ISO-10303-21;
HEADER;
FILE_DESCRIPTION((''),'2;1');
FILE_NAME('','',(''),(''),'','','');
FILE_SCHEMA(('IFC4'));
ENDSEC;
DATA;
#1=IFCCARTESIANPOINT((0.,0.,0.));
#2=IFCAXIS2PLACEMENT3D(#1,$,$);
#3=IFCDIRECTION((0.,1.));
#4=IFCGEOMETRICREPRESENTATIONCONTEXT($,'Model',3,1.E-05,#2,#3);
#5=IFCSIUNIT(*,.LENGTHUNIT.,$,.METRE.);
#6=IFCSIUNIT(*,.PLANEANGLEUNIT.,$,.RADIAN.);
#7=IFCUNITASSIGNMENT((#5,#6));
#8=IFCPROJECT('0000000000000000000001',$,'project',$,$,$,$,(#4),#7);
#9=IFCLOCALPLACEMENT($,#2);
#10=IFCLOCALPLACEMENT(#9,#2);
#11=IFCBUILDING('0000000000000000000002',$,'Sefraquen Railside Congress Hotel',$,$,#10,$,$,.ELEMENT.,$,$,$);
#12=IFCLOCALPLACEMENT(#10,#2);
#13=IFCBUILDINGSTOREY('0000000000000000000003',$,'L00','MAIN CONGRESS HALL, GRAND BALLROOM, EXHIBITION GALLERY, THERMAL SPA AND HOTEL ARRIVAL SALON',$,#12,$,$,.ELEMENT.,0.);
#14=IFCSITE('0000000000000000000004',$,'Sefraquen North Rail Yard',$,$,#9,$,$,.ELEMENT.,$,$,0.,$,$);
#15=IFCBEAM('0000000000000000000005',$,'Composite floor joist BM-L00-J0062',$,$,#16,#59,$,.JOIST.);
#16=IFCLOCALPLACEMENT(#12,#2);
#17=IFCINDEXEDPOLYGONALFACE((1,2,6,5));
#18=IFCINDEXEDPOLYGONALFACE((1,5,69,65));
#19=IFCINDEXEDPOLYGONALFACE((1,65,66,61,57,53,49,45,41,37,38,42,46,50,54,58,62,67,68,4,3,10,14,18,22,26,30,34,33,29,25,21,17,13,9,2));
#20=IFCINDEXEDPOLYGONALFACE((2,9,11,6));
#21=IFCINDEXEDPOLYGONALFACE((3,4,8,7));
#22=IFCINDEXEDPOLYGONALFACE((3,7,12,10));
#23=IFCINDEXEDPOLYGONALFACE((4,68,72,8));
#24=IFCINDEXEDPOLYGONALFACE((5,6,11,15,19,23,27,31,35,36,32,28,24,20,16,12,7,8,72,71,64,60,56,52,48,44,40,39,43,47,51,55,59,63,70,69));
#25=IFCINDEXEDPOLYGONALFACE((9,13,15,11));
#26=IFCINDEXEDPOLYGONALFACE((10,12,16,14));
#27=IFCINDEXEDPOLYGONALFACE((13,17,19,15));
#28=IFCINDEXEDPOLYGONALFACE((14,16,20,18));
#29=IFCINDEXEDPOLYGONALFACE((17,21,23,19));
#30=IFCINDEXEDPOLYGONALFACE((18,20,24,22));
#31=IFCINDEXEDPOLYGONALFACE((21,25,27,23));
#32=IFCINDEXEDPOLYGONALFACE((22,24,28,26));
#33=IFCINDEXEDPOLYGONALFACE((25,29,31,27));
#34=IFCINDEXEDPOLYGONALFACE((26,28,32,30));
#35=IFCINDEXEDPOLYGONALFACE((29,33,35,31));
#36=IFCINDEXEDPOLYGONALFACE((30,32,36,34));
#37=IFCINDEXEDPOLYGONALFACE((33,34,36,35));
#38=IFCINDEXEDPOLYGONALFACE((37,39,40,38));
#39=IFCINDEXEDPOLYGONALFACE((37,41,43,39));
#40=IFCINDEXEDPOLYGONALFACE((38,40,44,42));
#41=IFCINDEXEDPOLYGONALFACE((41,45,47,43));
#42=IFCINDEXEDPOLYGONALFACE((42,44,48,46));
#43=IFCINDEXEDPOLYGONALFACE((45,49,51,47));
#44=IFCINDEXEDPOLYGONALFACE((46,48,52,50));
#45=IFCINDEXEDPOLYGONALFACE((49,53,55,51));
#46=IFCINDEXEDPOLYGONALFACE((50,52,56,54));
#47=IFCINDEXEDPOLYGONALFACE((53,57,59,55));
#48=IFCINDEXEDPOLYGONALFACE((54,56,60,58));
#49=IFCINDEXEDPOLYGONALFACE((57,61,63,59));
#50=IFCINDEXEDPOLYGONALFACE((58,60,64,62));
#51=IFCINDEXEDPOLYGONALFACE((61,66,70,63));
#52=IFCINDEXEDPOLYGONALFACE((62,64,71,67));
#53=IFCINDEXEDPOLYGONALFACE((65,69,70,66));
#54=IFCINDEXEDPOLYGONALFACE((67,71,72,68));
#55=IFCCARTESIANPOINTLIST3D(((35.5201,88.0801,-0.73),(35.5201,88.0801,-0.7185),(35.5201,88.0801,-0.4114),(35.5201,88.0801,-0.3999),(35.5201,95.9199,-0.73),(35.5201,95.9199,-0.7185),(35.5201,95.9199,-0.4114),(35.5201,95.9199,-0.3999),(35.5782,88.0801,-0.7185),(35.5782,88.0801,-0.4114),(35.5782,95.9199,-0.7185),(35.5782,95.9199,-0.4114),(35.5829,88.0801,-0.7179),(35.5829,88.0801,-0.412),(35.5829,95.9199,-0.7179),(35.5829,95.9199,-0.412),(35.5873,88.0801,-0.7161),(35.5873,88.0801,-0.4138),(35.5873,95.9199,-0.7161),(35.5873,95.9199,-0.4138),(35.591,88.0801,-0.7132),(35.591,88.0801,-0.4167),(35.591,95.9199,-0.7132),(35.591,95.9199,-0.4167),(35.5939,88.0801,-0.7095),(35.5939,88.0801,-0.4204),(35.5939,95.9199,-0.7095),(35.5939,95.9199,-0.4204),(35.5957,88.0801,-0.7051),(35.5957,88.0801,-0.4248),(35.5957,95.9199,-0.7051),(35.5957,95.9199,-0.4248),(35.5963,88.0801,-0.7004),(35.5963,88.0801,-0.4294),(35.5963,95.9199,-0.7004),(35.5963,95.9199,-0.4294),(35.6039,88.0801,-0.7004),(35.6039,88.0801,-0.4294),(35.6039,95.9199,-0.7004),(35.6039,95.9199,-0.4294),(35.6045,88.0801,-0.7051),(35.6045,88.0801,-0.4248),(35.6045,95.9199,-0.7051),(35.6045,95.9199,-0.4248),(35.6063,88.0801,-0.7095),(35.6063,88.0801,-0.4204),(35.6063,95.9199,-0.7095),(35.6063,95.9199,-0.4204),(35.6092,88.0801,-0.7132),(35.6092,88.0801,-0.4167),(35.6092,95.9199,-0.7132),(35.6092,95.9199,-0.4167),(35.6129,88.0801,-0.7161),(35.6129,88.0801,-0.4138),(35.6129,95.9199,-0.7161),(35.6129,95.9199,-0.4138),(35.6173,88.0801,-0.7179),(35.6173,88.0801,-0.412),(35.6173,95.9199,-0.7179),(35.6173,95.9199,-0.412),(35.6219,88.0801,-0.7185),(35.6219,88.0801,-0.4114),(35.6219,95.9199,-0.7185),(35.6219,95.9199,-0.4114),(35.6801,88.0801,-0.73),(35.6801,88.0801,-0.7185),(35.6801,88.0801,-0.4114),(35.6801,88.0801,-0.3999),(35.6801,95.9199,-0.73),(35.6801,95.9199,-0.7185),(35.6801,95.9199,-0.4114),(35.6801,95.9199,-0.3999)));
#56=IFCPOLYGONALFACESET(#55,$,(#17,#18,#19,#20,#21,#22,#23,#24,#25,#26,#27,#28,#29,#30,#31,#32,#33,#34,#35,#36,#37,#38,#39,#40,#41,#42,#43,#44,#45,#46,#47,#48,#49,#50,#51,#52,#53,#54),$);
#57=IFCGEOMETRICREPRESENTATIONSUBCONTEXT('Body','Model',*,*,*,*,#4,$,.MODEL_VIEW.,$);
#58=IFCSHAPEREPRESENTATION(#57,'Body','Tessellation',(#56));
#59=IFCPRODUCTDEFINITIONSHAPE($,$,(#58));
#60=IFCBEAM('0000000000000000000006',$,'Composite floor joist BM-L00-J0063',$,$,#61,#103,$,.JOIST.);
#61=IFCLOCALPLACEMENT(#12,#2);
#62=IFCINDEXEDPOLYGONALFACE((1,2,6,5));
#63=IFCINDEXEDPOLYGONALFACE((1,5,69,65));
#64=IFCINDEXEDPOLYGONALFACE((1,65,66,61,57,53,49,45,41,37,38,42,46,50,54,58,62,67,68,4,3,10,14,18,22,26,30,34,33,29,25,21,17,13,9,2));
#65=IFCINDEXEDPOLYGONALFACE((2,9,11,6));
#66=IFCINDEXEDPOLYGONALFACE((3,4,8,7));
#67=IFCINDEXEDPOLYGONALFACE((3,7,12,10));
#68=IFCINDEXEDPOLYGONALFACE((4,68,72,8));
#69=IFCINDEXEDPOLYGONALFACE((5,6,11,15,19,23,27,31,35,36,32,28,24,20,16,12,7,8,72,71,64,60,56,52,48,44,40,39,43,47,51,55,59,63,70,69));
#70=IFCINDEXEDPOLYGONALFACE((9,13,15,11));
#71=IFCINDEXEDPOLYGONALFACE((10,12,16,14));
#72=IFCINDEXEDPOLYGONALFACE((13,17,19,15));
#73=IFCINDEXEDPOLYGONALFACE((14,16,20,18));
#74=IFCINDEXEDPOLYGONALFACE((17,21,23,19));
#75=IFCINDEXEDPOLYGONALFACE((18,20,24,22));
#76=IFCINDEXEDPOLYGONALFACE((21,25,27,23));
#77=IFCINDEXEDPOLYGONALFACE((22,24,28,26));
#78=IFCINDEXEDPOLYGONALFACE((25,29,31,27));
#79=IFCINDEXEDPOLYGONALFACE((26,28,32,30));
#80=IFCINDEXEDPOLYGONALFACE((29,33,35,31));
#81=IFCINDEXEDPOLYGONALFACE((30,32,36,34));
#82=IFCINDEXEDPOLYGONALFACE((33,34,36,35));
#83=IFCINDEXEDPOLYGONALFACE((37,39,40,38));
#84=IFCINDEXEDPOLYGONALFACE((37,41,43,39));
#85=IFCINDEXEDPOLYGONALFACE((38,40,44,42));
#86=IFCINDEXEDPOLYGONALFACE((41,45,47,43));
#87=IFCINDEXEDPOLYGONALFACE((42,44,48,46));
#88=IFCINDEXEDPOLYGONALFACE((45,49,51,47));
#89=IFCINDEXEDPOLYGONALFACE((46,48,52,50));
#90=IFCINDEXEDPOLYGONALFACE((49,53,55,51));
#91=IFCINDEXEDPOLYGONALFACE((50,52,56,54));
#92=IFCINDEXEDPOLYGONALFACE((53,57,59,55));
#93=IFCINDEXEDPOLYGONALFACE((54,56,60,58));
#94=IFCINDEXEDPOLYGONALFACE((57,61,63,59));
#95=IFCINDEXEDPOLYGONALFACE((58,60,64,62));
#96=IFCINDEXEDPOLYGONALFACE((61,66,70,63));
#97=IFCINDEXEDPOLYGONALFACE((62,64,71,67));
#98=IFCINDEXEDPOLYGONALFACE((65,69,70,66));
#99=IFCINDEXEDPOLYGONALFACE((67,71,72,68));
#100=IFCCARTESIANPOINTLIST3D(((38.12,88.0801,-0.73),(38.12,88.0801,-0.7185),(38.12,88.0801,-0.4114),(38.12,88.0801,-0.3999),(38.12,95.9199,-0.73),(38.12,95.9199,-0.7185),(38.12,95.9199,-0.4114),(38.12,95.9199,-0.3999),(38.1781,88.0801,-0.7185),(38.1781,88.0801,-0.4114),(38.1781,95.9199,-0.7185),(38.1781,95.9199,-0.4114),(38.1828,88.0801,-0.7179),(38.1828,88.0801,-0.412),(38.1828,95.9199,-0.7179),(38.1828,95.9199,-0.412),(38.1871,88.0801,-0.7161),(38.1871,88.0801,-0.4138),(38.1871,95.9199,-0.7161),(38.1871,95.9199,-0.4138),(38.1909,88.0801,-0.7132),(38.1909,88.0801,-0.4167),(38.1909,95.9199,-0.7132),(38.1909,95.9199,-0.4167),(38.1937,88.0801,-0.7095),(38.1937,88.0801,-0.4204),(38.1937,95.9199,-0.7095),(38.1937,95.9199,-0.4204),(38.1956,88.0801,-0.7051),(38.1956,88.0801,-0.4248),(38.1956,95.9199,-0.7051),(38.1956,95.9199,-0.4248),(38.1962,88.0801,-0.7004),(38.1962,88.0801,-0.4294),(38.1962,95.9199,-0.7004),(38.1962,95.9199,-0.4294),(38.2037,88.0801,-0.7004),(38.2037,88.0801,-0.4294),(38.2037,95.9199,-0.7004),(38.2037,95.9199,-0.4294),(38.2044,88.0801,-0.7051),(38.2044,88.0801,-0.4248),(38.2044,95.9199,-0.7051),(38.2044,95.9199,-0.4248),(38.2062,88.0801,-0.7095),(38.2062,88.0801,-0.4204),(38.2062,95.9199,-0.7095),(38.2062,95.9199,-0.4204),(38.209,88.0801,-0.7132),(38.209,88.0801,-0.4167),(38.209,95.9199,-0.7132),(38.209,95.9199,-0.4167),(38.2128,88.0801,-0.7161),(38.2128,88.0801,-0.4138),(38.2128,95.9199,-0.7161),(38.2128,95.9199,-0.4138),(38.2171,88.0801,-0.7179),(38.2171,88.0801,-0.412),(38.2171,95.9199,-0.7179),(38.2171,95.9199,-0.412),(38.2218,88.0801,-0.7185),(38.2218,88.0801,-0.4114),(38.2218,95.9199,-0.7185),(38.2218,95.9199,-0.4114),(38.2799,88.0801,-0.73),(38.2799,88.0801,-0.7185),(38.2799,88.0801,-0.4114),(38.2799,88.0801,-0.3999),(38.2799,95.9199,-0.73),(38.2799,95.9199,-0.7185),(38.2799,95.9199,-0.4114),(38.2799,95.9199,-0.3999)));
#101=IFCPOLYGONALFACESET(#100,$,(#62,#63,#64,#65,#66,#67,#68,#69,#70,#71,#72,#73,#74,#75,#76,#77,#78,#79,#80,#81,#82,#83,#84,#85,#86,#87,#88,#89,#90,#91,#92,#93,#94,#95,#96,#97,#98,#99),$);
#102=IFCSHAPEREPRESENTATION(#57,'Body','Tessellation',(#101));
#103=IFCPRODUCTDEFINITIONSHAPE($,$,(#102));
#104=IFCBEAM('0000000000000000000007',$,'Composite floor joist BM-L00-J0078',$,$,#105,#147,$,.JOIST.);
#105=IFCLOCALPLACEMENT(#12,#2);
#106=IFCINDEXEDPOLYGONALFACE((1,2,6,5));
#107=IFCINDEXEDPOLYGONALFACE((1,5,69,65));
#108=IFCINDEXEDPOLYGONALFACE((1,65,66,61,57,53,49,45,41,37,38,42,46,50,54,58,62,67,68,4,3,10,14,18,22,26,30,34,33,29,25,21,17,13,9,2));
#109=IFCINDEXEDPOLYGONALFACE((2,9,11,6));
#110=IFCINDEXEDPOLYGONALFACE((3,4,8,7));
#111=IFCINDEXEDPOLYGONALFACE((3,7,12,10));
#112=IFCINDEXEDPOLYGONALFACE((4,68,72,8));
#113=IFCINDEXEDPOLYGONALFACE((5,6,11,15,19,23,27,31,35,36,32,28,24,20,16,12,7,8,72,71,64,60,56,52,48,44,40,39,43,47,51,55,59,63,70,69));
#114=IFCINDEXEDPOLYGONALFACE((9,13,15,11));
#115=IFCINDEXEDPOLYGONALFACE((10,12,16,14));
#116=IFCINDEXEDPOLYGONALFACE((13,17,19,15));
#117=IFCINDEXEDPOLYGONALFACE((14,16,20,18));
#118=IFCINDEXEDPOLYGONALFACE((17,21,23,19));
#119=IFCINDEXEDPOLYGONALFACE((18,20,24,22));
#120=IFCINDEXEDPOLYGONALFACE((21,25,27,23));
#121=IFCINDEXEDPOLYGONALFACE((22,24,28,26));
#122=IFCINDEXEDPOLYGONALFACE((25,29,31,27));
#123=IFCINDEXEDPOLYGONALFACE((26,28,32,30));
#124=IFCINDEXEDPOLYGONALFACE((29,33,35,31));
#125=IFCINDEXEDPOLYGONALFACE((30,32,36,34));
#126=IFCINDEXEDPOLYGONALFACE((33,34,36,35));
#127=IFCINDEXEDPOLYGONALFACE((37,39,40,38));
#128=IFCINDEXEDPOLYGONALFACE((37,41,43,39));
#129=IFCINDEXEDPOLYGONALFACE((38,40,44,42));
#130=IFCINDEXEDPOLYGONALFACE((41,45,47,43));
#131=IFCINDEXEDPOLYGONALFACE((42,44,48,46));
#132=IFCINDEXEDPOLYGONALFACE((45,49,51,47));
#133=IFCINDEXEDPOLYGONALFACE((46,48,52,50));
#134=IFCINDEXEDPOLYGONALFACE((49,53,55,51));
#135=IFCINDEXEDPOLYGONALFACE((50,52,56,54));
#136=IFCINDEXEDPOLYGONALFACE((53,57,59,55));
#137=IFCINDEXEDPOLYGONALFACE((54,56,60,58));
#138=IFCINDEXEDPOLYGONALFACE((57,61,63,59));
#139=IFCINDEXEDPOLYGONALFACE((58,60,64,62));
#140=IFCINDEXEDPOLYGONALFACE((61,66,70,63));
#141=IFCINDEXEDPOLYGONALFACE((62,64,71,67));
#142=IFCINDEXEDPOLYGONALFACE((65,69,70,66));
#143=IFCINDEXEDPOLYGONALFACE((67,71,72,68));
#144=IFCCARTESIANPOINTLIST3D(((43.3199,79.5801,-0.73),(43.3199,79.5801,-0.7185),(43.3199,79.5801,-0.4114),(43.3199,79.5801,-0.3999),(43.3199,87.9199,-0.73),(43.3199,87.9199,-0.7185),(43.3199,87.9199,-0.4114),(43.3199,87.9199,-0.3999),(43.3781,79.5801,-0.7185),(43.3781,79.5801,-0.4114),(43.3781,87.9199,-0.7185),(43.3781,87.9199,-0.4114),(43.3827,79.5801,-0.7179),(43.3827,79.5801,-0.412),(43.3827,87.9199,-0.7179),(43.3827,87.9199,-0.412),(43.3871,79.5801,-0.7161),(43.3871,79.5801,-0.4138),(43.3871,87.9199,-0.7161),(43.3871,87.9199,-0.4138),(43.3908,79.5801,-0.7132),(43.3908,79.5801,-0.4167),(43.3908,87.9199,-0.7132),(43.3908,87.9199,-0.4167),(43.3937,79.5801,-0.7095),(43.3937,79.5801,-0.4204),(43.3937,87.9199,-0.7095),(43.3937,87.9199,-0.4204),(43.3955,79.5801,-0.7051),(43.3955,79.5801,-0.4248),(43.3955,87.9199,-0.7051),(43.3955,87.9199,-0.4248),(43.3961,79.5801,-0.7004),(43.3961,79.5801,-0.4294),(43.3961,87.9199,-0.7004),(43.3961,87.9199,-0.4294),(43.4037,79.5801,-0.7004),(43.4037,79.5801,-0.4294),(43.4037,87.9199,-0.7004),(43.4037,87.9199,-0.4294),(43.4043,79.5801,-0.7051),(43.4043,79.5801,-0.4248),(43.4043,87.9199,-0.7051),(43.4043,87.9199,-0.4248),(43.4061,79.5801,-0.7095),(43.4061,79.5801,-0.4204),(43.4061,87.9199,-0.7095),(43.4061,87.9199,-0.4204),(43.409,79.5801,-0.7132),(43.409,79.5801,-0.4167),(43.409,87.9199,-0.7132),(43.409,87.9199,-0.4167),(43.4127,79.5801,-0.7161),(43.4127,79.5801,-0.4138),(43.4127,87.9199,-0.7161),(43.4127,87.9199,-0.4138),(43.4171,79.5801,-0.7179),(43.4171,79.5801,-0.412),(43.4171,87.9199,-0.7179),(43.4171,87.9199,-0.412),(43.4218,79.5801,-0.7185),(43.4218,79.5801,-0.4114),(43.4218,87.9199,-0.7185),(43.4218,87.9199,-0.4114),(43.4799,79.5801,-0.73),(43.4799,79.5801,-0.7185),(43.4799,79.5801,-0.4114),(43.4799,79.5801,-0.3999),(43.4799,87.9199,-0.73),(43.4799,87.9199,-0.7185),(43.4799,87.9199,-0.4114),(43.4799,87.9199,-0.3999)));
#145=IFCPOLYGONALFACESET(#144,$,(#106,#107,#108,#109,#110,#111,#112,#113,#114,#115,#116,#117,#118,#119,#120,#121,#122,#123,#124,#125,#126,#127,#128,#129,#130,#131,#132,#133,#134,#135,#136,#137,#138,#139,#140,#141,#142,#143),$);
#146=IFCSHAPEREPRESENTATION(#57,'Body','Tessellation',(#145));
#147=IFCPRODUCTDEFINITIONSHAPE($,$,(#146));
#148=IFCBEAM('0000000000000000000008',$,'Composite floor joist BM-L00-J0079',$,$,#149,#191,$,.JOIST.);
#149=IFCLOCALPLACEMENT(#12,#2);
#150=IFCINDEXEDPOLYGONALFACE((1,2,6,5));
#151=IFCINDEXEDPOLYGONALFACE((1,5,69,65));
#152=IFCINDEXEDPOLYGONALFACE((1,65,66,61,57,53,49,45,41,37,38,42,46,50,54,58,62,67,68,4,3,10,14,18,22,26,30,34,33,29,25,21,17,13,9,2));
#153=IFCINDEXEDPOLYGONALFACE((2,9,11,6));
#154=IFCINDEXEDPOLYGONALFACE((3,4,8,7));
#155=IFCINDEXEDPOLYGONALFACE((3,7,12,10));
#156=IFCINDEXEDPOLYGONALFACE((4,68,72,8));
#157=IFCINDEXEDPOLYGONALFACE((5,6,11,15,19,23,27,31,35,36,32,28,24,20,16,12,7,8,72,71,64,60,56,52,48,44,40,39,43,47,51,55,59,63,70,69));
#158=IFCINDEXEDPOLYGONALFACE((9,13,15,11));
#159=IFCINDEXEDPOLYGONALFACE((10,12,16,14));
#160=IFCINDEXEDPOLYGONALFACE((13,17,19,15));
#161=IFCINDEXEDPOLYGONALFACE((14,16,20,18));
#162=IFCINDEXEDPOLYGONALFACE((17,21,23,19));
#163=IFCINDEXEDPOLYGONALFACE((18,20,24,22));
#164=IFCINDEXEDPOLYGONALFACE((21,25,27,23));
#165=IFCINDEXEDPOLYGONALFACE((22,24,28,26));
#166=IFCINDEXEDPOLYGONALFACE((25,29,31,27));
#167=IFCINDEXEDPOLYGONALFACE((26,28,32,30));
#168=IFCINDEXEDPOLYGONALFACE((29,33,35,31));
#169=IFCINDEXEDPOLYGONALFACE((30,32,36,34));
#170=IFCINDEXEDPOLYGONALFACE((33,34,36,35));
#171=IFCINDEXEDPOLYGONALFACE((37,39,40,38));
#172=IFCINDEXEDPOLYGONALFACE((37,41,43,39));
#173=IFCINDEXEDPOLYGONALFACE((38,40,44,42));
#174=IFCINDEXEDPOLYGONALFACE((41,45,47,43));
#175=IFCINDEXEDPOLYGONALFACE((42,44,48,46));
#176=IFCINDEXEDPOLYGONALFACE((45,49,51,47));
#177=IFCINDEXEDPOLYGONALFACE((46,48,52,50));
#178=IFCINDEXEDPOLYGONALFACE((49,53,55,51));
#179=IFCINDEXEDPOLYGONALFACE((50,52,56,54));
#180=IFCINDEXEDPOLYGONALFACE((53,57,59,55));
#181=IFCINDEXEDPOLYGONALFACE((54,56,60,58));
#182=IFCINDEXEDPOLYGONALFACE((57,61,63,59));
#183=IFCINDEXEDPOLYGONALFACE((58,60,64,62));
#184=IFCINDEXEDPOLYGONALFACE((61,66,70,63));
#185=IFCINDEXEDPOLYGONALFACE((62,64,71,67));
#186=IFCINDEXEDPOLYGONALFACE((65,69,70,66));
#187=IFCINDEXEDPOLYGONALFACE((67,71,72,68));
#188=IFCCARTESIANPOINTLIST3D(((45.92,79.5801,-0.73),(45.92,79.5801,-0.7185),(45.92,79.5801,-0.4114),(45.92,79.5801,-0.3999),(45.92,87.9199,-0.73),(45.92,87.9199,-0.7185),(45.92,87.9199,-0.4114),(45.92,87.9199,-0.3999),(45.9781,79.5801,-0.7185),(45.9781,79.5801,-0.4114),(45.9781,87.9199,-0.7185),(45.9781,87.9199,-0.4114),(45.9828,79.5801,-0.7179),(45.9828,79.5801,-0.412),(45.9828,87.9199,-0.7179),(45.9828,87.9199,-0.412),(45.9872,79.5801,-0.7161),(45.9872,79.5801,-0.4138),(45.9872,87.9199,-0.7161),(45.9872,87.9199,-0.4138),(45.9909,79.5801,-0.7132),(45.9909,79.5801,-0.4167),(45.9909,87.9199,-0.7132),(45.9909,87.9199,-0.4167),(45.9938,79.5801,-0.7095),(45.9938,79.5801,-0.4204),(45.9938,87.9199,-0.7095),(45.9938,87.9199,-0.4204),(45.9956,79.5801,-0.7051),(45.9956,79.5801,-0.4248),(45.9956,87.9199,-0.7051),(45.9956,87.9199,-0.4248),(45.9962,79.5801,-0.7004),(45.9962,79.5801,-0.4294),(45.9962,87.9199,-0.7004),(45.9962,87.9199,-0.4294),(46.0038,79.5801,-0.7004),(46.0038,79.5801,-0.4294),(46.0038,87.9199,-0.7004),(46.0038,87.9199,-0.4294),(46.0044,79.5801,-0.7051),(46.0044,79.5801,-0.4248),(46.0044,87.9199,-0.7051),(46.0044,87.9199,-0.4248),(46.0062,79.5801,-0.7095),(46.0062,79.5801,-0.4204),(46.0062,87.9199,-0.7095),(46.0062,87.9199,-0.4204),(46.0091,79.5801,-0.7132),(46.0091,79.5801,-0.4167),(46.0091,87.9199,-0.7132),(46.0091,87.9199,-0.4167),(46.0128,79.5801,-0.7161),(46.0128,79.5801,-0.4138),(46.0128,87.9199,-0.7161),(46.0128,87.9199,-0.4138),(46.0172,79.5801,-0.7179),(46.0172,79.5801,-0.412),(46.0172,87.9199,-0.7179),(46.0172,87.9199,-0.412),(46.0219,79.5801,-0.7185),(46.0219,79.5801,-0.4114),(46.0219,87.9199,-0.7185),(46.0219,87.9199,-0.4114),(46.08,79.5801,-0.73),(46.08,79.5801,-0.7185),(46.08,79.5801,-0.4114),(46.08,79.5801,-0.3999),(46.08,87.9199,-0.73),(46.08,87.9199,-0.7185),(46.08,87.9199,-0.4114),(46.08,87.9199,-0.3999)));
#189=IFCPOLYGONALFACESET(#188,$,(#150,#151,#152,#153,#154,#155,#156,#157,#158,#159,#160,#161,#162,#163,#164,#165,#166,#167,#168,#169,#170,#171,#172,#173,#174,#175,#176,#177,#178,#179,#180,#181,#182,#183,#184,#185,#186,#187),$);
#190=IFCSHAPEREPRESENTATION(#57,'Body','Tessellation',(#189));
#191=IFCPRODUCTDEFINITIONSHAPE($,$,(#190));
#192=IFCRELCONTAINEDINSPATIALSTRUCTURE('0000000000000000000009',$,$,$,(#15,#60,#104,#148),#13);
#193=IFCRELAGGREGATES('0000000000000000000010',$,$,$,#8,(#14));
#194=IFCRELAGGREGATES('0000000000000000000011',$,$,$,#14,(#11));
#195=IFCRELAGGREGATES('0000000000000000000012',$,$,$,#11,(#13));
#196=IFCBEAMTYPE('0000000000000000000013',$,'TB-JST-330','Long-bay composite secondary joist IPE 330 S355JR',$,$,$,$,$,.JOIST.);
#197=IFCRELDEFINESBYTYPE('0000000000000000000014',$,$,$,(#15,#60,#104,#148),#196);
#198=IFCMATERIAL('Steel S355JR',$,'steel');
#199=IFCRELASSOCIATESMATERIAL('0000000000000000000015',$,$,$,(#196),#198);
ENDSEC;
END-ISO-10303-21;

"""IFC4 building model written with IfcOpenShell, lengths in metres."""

from ifc_helpers import new_model, si_unit, direction, frame, origin, origin_2d, place, context, subcontext, project, spatial, i_section, extrude, material, material_profile, profile_set, type_object, element, save


model = new_model("IFC4")

# Units and contexts
model_context = context("Model", 3, precision=1e-05, world=origin(), true_north=direction((0.0, 1.0)))
body_context = subcontext(model_context, "Body", "Model", "MODEL_VIEW")
ifc_project = project(units=[si_unit("LENGTHUNIT", "METRE"), si_unit("PLANEANGLEUNIT", "RADIAN")], contexts=[model_context])

# Site, building, storey
site_placement = place(None, origin())
site = spatial("IfcSite", under=ifc_project, at=site_placement, Name="Sefraquen North Rail Yard", CompositionType="ELEMENT", RefElevation=0.0)
building_placement = place(site_placement, origin())
building = spatial("IfcBuilding", under=site, at=building_placement, Name="Sefraquen Railside Congress Hotel", CompositionType="ELEMENT")
storey_placement = place(building_placement, origin())
storey = spatial("IfcBuildingStorey", under=building, at=storey_placement, Name="L00", Description="MAIN CONGRESS HALL, GRAND BALLROOM, EXHIBITION GALLERY, THERMAL SPA AND HOTEL ARRIVAL SALON", CompositionType="ELEMENT", Elevation=0.0)

# Shared definitions
ifc_material_1 = material(Name="Steel S355JR", Category="steel")

# Beams
ifc_material_profile_1 = material_profile(ifc_material_1, i_section(OverallWidth=0.1599, OverallDepth=0.3301, WebThickness=0.0076, FlangeThickness=0.0115, FilletRadius=0.0181, at=origin_2d()), Name="IPE 330")
ifc_profile_set_1 = profile_set([ifc_material_profile_1], Name="Steel S355JR")
beam_type_1 = type_object("IfcBeamType", Name="TB-JST-330", Description="Long-bay composite secondary joist IPE 330 S355JR", PredefinedType="JOIST", material=ifc_profile_set_1)
for number, where, z_axis, x_axis, name in (
    (1, (35.6001, 88.0801, -0.5649), (0.0, 1.0, 0.0), (-1.0, 0.0, 0.0), "Composite floor joist BM-L00-J0062"),
    (2, (38.2, 88.0801, -0.5649), (0.0, 1.0, 0.0), (-1.0, 0.0, 0.0), "Composite floor joist BM-L00-J0063"),
):
    element("IfcBeam", number, at=place(storey_placement, frame(where, z_axis=z_axis, x_axis=x_axis)), inside=storey, type_object=beam_type_1, Name=name, PredefinedType="JOIST", context=body_context, shape_type="SweptSolid", body=[
        extrude(i_section(OverallWidth=0.1599, OverallDepth=0.3301, WebThickness=0.0076, FlangeThickness=0.0115, FilletRadius=0.0181, at=origin_2d()), origin(), (0.0, 0.0, 1.0), 7.8398),
    ])
for number, where, z_axis, x_axis, name in (
    (3, (43.3999, 79.5801, -0.5649), (0.0, 1.0, 0.0), (-1.0, 0.0, 0.0), "Composite floor joist BM-L00-J0078"),
    (4, (46.0, 79.5801, -0.5649), (0.0, 1.0, 0.0), (-1.0, 0.0, 0.0), "Composite floor joist BM-L00-J0079"),
):
    element("IfcBeam", number, at=place(storey_placement, frame(where, z_axis=z_axis, x_axis=x_axis)), inside=storey, type_object=beam_type_1, Name=name, PredefinedType="JOIST", context=body_context, shape_type="SweptSolid", body=[
        extrude(i_section(OverallWidth=0.1599, OverallDepth=0.3301, WebThickness=0.0076, FlangeThickness=0.0115, FilletRadius=0.0181, at=origin_2d()), origin(), (0.0, 0.0, 1.0), 8.3398),
    ])

save(model, "model.ifc")
